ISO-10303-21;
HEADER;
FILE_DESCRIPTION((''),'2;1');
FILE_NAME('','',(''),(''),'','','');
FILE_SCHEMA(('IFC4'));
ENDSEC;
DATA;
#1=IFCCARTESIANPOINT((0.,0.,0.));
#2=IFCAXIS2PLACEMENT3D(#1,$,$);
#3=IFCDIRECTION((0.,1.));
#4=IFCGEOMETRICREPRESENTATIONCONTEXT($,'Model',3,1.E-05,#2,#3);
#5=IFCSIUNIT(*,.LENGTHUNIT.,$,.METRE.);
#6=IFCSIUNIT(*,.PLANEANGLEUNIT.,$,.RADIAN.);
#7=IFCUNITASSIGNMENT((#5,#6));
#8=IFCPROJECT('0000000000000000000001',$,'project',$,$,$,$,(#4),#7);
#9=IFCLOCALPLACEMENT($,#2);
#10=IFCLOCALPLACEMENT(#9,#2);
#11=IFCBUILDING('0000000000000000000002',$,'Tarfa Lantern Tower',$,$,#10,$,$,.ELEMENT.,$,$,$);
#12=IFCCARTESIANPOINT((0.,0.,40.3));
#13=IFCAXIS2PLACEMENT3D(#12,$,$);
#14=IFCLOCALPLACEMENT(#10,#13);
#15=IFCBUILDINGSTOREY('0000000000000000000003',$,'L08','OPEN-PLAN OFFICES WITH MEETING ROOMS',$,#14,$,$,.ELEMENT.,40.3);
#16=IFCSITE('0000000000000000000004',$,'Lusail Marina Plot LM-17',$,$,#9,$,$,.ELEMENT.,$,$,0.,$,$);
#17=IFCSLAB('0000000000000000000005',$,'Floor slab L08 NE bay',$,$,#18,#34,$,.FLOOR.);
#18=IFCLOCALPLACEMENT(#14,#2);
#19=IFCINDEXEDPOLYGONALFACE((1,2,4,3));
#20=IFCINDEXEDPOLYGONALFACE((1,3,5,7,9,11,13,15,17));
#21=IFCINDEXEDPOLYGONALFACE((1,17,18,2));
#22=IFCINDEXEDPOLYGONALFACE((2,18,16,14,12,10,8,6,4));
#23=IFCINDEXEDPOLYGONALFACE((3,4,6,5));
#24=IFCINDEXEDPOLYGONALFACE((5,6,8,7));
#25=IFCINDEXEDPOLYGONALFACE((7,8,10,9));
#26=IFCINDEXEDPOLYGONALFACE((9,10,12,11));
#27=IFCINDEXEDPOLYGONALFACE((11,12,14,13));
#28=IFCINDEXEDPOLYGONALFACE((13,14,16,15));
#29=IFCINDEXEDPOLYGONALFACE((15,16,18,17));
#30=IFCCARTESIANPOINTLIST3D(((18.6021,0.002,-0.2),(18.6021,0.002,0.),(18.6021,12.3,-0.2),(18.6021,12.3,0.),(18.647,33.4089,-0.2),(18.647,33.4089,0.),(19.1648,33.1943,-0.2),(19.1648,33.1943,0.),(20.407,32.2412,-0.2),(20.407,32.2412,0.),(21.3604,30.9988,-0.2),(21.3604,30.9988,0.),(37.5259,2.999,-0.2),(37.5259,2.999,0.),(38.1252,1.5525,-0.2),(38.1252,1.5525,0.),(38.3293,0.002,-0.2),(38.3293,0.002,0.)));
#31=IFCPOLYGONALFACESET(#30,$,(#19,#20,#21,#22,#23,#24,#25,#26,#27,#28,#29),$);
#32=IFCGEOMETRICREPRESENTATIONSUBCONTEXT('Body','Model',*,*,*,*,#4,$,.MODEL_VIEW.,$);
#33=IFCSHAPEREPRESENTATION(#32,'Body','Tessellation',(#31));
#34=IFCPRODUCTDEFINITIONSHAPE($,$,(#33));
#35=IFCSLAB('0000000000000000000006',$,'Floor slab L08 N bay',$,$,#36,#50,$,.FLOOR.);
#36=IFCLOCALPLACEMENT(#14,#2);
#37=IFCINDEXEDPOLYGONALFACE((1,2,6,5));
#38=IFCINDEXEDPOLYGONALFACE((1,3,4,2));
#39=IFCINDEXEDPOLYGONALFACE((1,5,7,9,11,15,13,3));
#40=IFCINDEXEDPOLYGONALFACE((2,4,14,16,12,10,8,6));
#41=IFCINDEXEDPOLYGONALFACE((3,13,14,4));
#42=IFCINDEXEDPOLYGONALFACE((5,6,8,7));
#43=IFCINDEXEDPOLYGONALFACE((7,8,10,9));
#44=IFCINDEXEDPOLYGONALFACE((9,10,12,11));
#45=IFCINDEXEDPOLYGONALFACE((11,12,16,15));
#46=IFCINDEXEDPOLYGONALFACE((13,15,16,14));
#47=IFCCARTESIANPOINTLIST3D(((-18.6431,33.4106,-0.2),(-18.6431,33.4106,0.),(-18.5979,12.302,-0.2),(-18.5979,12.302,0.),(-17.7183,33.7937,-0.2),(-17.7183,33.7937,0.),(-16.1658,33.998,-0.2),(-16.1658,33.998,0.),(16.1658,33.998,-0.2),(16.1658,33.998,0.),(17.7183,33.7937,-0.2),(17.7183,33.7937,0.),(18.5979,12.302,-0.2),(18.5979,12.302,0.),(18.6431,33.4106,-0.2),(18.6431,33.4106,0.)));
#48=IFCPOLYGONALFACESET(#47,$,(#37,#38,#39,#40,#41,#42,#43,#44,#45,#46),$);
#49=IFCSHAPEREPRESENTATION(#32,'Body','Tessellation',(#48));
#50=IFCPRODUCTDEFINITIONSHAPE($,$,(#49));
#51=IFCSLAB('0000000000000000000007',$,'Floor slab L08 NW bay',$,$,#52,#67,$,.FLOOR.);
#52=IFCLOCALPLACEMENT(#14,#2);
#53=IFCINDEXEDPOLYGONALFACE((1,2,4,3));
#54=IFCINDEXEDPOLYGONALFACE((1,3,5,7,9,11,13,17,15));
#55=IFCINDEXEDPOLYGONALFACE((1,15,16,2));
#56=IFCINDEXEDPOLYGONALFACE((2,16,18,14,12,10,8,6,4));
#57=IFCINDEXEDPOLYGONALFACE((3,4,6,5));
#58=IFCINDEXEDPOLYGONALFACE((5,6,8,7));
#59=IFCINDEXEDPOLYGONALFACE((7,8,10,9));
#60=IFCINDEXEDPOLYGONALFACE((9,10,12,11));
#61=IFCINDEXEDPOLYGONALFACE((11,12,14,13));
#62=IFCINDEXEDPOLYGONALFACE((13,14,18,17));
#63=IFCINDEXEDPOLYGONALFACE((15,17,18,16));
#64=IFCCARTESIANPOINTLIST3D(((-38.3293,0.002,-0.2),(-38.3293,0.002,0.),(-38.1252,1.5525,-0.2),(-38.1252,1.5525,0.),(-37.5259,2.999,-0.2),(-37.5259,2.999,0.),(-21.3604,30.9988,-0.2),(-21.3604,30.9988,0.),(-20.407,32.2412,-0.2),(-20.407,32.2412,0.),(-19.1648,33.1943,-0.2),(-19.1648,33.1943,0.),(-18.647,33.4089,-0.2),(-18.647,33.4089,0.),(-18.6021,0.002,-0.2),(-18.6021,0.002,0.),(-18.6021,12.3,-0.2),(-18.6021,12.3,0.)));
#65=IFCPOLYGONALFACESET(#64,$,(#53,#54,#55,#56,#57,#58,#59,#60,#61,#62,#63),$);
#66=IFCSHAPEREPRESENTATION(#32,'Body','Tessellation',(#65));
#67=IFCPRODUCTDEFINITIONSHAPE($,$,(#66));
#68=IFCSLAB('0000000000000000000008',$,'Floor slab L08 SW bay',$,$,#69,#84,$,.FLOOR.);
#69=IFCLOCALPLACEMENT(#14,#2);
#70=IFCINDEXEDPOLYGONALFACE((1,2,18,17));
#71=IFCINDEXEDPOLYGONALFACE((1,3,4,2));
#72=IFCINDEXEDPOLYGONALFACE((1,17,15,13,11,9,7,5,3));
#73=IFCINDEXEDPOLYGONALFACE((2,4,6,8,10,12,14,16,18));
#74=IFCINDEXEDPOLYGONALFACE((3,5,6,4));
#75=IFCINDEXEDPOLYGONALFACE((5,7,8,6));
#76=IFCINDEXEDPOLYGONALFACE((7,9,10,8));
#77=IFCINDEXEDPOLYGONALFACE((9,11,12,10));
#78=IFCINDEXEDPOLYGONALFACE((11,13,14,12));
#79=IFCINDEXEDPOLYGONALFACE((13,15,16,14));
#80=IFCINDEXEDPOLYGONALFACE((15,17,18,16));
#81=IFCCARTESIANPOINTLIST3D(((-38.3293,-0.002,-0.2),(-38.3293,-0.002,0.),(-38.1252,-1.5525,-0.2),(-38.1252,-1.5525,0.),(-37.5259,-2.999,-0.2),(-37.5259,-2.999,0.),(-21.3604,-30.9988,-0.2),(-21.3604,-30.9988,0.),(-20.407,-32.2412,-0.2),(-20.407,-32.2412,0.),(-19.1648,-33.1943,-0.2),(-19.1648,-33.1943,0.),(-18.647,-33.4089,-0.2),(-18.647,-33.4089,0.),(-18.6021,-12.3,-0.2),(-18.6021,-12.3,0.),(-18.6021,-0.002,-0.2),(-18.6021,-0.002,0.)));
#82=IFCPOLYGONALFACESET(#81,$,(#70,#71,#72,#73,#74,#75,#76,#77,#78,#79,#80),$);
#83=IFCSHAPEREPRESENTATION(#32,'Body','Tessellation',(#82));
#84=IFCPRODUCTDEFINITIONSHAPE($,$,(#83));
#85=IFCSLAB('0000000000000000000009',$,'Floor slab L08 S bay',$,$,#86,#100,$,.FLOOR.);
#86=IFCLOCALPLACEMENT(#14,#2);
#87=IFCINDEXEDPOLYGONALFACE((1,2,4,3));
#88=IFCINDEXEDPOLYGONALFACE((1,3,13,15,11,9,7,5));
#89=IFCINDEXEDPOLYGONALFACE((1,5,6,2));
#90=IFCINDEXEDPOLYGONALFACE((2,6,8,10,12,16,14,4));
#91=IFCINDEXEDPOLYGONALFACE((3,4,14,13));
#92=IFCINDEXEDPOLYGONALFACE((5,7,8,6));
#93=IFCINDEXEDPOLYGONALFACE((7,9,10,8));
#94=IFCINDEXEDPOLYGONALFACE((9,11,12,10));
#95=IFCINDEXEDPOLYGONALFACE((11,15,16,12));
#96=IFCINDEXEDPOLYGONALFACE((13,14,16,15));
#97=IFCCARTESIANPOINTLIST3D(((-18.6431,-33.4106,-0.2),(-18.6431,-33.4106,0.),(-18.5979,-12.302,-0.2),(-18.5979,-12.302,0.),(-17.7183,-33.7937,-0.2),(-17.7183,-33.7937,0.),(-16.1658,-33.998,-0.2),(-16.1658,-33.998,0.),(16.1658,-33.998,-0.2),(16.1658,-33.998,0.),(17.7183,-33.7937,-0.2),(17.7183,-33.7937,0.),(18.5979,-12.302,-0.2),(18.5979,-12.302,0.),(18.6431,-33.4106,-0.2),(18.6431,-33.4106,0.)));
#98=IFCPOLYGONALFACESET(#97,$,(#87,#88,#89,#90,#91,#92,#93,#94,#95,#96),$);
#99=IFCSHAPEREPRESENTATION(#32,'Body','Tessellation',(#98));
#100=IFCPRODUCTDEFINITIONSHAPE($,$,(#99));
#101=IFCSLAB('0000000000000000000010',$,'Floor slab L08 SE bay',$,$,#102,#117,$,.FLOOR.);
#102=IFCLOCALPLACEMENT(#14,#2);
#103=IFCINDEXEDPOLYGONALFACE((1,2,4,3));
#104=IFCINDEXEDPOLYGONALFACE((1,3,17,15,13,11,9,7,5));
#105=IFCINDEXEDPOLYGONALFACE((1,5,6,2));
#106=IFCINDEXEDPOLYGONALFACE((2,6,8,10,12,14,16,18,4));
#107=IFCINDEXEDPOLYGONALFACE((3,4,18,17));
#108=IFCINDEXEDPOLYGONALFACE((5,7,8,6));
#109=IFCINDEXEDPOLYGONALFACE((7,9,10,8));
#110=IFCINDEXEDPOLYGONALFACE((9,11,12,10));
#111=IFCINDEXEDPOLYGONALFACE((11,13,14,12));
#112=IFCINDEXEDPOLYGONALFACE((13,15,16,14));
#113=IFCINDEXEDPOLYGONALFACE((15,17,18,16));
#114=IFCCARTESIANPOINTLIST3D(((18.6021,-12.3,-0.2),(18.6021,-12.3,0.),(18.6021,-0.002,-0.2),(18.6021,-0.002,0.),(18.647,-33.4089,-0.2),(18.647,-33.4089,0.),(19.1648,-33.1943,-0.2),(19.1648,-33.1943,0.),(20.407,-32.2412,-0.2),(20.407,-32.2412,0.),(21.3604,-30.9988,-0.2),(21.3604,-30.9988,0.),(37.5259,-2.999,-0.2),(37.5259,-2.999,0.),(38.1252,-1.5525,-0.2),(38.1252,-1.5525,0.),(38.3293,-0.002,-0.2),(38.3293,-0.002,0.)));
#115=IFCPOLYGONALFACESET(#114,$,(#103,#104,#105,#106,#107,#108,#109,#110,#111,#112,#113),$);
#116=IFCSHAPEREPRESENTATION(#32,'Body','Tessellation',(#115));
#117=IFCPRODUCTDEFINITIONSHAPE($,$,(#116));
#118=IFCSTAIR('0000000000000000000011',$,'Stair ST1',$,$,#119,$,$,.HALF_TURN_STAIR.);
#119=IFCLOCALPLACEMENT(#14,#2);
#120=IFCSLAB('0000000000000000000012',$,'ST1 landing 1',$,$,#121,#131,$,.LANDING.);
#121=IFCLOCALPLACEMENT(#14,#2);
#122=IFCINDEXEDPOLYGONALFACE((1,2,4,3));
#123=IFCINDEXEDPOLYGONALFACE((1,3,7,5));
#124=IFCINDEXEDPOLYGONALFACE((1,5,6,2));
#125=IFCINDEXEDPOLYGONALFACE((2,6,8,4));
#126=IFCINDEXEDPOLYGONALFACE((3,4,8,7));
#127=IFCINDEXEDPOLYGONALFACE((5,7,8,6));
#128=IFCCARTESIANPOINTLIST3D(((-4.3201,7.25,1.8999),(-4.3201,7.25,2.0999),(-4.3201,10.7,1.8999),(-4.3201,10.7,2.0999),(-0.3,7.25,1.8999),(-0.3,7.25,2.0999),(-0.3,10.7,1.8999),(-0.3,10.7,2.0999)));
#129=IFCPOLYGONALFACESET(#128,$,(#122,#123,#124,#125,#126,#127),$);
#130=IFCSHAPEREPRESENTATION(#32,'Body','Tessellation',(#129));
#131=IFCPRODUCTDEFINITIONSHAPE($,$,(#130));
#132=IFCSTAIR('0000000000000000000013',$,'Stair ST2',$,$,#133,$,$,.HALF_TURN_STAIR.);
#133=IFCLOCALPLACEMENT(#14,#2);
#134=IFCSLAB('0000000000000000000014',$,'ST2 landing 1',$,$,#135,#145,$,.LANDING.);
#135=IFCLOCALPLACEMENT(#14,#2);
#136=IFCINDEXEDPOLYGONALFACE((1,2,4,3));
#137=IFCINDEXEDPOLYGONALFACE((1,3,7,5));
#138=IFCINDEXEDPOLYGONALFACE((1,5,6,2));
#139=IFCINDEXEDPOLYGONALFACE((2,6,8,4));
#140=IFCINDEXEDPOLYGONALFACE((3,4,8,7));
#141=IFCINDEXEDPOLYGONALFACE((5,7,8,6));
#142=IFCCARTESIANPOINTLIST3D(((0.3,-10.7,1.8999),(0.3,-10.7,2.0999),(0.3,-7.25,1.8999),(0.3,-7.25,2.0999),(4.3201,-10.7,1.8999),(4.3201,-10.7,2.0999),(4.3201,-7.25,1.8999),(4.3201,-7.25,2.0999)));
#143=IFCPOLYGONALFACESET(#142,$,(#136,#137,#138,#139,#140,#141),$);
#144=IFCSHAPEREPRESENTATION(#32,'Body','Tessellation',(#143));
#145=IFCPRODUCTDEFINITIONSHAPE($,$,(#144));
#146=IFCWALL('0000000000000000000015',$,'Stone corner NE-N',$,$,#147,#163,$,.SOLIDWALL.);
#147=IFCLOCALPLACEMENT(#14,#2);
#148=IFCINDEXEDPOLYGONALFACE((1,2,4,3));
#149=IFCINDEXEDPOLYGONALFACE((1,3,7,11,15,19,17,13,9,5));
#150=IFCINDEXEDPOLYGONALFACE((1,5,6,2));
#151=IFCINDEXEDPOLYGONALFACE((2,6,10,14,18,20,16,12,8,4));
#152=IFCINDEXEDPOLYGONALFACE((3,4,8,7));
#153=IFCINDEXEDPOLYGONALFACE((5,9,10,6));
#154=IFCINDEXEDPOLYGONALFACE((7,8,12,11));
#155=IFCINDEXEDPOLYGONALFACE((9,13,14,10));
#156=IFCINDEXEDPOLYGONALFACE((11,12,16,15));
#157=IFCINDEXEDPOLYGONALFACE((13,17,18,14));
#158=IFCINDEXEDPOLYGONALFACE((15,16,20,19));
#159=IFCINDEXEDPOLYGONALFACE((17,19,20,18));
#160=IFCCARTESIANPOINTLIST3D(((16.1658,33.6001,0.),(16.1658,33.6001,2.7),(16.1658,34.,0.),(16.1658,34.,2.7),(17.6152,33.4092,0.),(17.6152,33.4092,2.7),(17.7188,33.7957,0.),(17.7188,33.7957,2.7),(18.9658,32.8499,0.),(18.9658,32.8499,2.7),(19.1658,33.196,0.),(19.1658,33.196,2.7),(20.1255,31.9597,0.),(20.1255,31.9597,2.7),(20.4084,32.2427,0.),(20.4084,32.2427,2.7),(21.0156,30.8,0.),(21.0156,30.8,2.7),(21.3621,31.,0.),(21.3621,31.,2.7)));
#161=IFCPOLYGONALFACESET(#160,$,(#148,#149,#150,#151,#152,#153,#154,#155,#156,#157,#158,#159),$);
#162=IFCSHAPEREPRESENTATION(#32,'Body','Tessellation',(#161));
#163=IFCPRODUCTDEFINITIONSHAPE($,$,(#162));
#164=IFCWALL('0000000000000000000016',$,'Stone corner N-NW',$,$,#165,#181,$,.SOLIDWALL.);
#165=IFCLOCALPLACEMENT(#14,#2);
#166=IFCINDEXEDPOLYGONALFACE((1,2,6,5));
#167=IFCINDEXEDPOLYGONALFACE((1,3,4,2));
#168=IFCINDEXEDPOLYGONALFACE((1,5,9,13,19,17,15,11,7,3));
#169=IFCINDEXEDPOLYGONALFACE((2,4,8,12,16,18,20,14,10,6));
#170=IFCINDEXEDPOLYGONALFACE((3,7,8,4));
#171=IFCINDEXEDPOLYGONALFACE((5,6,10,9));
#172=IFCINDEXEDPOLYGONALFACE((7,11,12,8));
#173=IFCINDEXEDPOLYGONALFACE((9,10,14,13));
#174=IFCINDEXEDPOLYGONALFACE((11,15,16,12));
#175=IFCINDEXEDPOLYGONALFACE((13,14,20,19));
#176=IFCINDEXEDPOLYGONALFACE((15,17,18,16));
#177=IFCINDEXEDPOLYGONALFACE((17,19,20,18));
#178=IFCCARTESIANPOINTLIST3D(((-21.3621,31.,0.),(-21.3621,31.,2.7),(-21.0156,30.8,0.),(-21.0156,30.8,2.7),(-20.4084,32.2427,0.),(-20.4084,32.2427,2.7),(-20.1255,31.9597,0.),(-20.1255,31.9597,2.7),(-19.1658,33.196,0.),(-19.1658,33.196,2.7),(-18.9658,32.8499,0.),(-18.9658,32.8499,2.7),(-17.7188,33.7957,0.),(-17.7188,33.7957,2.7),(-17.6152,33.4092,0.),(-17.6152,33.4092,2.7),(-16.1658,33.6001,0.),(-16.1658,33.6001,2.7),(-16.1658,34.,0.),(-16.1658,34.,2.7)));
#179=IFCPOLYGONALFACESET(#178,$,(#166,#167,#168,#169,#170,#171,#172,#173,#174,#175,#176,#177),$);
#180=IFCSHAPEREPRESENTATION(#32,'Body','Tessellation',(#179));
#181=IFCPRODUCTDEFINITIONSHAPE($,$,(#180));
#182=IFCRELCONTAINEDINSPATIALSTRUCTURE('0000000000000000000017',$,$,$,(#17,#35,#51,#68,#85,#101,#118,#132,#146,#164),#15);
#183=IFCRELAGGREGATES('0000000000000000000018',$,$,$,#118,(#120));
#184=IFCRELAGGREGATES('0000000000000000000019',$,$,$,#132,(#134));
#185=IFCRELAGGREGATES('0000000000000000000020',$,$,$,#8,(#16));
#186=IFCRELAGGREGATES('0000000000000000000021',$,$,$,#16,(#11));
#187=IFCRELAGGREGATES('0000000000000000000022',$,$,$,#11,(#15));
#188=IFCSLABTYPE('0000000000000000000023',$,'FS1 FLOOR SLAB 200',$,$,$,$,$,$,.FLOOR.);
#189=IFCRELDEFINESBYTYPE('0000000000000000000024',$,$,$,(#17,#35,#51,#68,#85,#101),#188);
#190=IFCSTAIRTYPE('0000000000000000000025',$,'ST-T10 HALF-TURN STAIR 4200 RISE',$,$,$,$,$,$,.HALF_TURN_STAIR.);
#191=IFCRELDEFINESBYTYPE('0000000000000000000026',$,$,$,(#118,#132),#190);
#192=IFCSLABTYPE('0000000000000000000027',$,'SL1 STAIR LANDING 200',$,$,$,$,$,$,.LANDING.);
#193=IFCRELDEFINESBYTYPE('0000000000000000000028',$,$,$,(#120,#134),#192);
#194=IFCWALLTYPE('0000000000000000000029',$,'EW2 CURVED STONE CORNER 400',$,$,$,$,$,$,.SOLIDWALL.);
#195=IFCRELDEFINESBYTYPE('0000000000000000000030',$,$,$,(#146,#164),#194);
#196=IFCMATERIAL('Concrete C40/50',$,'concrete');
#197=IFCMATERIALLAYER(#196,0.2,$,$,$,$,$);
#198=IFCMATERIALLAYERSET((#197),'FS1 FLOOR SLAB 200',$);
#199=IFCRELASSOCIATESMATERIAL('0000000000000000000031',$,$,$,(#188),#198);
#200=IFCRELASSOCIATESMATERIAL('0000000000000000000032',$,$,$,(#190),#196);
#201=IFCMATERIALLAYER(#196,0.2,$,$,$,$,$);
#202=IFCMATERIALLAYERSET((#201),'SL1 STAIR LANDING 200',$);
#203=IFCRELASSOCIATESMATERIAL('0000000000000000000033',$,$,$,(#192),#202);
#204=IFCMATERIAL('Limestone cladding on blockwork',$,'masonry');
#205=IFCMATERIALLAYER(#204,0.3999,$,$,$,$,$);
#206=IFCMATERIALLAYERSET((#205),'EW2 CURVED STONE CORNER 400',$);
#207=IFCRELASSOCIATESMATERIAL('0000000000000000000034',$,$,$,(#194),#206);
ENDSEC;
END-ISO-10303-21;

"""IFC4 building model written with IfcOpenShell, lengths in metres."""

from ifc_helpers import new_model, si_unit, direction, frame, origin, place, context, subcontext, project, spatial, polyline, outline, extrude, material, layer, layer_set, type_object, element, aggregate, save


model = new_model("IFC4")

# Units and contexts
model_context = context("Model", 3, precision=1e-05, world=origin(), true_north=direction((0.0, 1.0)))
body_context = subcontext(model_context, "Body", "Model", "MODEL_VIEW")
ifc_project = project(units=[si_unit("LENGTHUNIT", "METRE"), si_unit("PLANEANGLEUNIT", "RADIAN")], contexts=[model_context])

# Site, building, storey
site_placement = place(None, origin())
site = spatial("IfcSite", under=ifc_project, at=site_placement, Name="Lusail Marina Plot LM-17", CompositionType="ELEMENT", RefElevation=0.0)
building_placement = place(site_placement, origin())
building = spatial("IfcBuilding", under=site, at=building_placement, Name="Tarfa Lantern Tower", CompositionType="ELEMENT")
storey_placement = place(building_placement, frame((0.0, 0.0, 40.3)))
storey = spatial("IfcBuildingStorey", under=building, at=storey_placement, Name="L08", Description="OPEN-PLAN OFFICES WITH MEETING ROOMS", CompositionType="ELEMENT", Elevation=40.3)

# Slabs
ifc_material_1 = material(Name="Concrete C40/50", Category="concrete")
ifc_layer_1 = layer(ifc_material_1, 0.2)
ifc_layer_set_1 = layer_set([ifc_layer_1], Name="FS1 FLOOR SLAB 200")
slab_type_1 = type_object("IfcSlabType", Name="FS1 FLOOR SLAB 200", PredefinedType="FLOOR", material=ifc_layer_set_1)
slab_1_placement = place(storey_placement, frame((0.0, 0.0, -0.2)))
element("IfcSlab", 1, at=slab_1_placement, inside=storey, type_object=slab_type_1, Name="Floor slab L08 NE bay", PredefinedType="FLOOR", context=body_context, shape_type="SweptSolid", body=[
    extrude(outline(polyline([(37.5259, 2.999), (21.3604, 30.9988), (20.407, 32.2412), (19.1648, 33.1943), (18.647, 33.4089), (18.6021, 12.3), (18.6021, 0.002), (38.3293, 0.002), (38.1252, 1.5525), (37.5259, 2.999)])), origin(), (0.0, 0.0, 1.0), 0.2),
])
slab_2_placement = place(storey_placement, frame((0.0, 0.0, -0.2)))
element("IfcSlab", 2, at=slab_2_placement, inside=storey, type_object=slab_type_1, Name="Floor slab L08 N bay", PredefinedType="FLOOR", context=body_context, shape_type="SweptSolid", body=[
    extrude(outline(polyline([(-18.5979, 12.302), (18.5979, 12.302), (18.6431, 33.4106), (17.7183, 33.7937), (16.1658, 33.998), (-16.1658, 33.998), (-17.7183, 33.7937), (-18.6431, 33.4106), (-18.5979, 12.302)])), origin(), (0.0, 0.0, 1.0), 0.2),
])
slab_3_placement = place(storey_placement, frame((0.0, 0.0, -0.2)))
element("IfcSlab", 3, at=slab_3_placement, inside=storey, type_object=slab_type_1, Name="Floor slab L08 NW bay", PredefinedType="FLOOR", context=body_context, shape_type="SweptSolid", body=[
    extrude(outline(polyline([(-18.6021, 0.002), (-18.6021, 12.3), (-18.647, 33.4089), (-19.1648, 33.1943), (-20.407, 32.2412), (-21.3604, 30.9988), (-37.5259, 2.999), (-38.1252, 1.5525), (-38.3293, 0.002), (-18.6021, 0.002)])), origin(), (0.0, 0.0, 1.0), 0.2),
])
slab_4_placement = place(storey_placement, frame((0.0, 0.0, -0.2)))
element("IfcSlab", 4, at=slab_4_placement, inside=storey, type_object=slab_type_1, Name="Floor slab L08 SW bay", PredefinedType="FLOOR", context=body_context, shape_type="SweptSolid", body=[
    extrude(outline(polyline([(-18.6021, -12.3), (-18.6021, -0.002), (-38.3293, -0.002), (-38.1252, -1.5525), (-37.5259, -2.999), (-21.3604, -30.9988), (-20.407, -32.2412), (-19.1648, -33.1943), (-18.647, -33.4089), (-18.6021, -12.3)])), origin(), (0.0, 0.0, 1.0), 0.2),
])
slab_5_placement = place(storey_placement, frame((0.0, 0.0, -0.2)))
element("IfcSlab", 5, at=slab_5_placement, inside=storey, type_object=slab_type_1, Name="Floor slab L08 S bay", PredefinedType="FLOOR", context=body_context, shape_type="SweptSolid", body=[
    extrude(outline(polyline([(18.5979, -12.302), (-18.5979, -12.302), (-18.6431, -33.4106), (-17.7183, -33.7937), (-16.1658, -33.998), (16.1658, -33.998), (17.7183, -33.7937), (18.6431, -33.4106), (18.5979, -12.302)])), origin(), (0.0, 0.0, 1.0), 0.2),
])
slab_6_placement = place(storey_placement, frame((0.0, 0.0, -0.2)))
element("IfcSlab", 6, at=slab_6_placement, inside=storey, type_object=slab_type_1, Name="Floor slab L08 SE bay", PredefinedType="FLOOR", context=body_context, shape_type="SweptSolid", body=[
    extrude(outline(polyline([(18.6021, -0.002), (18.6021, -12.3), (18.647, -33.4089), (19.1648, -33.1943), (20.407, -32.2412), (21.3604, -30.9988), (37.5259, -2.999), (38.1252, -1.5525), (38.3293, -0.002), (18.6021, -0.002)])), origin(), (0.0, 0.0, 1.0), 0.2),
])

# Stairs, slabs
stair_type = type_object("IfcStairType", Name="ST-T10 HALF-TURN STAIR 4200 RISE", PredefinedType="HALF_TURN_STAIR", material=ifc_material_1)
stair_1_placement = place(storey_placement, origin())
stair_1 = element("IfcStair", 7, at=stair_1_placement, inside=storey, type_object=stair_type, Name="Stair ST1", PredefinedType="HALF_TURN_STAIR")
ifc_layer_2 = layer(ifc_material_1, 0.2)
ifc_layer_set_2 = layer_set([ifc_layer_2], Name="SL1 STAIR LANDING 200")
slab_type_2 = type_object("IfcSlabType", Name="SL1 STAIR LANDING 200", PredefinedType="LANDING", material=ifc_layer_set_2)
slab_7_placement = place(storey_placement, frame((0.0, 0.0, 1.8999)))
slab_7 = element("IfcSlab", 8, at=slab_7_placement, type_object=slab_type_2, Name="ST1 landing 1", PredefinedType="LANDING", context=body_context, shape_type="SweptSolid", body=[
    extrude(outline(polyline([(-4.3201, 7.25), (-0.3, 7.25), (-0.3, 10.7), (-4.3201, 10.7), (-4.3201, 7.25)])), origin(), (0.0, 0.0, 1.0), 0.2),
])
aggregate(stair_1, [slab_7])
stair_2_placement = place(storey_placement, origin())
stair_2 = element("IfcStair", 9, at=stair_2_placement, inside=storey, type_object=stair_type, Name="Stair ST2", PredefinedType="HALF_TURN_STAIR")
slab_8_placement = place(storey_placement, frame((0.0, 0.0, 1.8999)))
slab_8 = element("IfcSlab", 10, at=slab_8_placement, type_object=slab_type_2, Name="ST2 landing 1", PredefinedType="LANDING", context=body_context, shape_type="SweptSolid", body=[
    extrude(outline(polyline([(4.3201, -7.25), (0.3, -7.25), (0.3, -10.7), (4.3201, -10.7), (4.3201, -7.25)])), origin(), (0.0, 0.0, 1.0), 0.2),
])
aggregate(stair_2, [slab_8])

# Walls
ifc_material_2 = material(Name="Limestone cladding on blockwork", Category="masonry")
ifc_layer_3 = layer(ifc_material_2, 0.3999)
ifc_layer_set_3 = layer_set([ifc_layer_3], Name="EW2 CURVED STONE CORNER 400")
wall_type_1 = type_object("IfcWallType", Name="EW2 CURVED STONE CORNER 400", PredefinedType="SOLIDWALL", material=ifc_layer_set_3)
wall_1_placement = place(storey_placement, origin())
element("IfcWall", 11, at=wall_1_placement, inside=storey, type_object=wall_type_1, Name="Stone corner NE-N", PredefinedType="SOLIDWALL", context=body_context, shape_type="SweptSolid", body=[
    extrude(outline(polyline([(21.3621, 31.0), (20.4084, 32.2427), (19.1658, 33.196), (17.7188, 33.7957), (16.1658, 34.0), (16.1658, 33.6001), (17.6152, 33.4092), (18.9658, 32.8499), (20.1255, 31.9597), (21.0156, 30.8), (21.3621, 31.0)])), origin(), (0.0, 0.0, 1.0), 2.7),
])
wall_2_placement = place(storey_placement, origin())
element("IfcWall", 12, at=wall_2_placement, inside=storey, type_object=wall_type_1, Name="Stone corner N-NW", PredefinedType="SOLIDWALL", context=body_context, shape_type="SweptSolid", body=[
    extrude(outline(polyline([(-16.1658, 34.0), (-17.7188, 33.7957), (-19.1658, 33.196), (-20.4084, 32.2427), (-21.3621, 31.0), (-21.0156, 30.8), (-20.1255, 31.9597), (-18.9658, 32.8499), (-17.6152, 33.4092), (-16.1658, 33.6001), (-16.1658, 34.0)])), origin(), (0.0, 0.0, 1.0), 2.7),
])

save(model, "model.ifc")
